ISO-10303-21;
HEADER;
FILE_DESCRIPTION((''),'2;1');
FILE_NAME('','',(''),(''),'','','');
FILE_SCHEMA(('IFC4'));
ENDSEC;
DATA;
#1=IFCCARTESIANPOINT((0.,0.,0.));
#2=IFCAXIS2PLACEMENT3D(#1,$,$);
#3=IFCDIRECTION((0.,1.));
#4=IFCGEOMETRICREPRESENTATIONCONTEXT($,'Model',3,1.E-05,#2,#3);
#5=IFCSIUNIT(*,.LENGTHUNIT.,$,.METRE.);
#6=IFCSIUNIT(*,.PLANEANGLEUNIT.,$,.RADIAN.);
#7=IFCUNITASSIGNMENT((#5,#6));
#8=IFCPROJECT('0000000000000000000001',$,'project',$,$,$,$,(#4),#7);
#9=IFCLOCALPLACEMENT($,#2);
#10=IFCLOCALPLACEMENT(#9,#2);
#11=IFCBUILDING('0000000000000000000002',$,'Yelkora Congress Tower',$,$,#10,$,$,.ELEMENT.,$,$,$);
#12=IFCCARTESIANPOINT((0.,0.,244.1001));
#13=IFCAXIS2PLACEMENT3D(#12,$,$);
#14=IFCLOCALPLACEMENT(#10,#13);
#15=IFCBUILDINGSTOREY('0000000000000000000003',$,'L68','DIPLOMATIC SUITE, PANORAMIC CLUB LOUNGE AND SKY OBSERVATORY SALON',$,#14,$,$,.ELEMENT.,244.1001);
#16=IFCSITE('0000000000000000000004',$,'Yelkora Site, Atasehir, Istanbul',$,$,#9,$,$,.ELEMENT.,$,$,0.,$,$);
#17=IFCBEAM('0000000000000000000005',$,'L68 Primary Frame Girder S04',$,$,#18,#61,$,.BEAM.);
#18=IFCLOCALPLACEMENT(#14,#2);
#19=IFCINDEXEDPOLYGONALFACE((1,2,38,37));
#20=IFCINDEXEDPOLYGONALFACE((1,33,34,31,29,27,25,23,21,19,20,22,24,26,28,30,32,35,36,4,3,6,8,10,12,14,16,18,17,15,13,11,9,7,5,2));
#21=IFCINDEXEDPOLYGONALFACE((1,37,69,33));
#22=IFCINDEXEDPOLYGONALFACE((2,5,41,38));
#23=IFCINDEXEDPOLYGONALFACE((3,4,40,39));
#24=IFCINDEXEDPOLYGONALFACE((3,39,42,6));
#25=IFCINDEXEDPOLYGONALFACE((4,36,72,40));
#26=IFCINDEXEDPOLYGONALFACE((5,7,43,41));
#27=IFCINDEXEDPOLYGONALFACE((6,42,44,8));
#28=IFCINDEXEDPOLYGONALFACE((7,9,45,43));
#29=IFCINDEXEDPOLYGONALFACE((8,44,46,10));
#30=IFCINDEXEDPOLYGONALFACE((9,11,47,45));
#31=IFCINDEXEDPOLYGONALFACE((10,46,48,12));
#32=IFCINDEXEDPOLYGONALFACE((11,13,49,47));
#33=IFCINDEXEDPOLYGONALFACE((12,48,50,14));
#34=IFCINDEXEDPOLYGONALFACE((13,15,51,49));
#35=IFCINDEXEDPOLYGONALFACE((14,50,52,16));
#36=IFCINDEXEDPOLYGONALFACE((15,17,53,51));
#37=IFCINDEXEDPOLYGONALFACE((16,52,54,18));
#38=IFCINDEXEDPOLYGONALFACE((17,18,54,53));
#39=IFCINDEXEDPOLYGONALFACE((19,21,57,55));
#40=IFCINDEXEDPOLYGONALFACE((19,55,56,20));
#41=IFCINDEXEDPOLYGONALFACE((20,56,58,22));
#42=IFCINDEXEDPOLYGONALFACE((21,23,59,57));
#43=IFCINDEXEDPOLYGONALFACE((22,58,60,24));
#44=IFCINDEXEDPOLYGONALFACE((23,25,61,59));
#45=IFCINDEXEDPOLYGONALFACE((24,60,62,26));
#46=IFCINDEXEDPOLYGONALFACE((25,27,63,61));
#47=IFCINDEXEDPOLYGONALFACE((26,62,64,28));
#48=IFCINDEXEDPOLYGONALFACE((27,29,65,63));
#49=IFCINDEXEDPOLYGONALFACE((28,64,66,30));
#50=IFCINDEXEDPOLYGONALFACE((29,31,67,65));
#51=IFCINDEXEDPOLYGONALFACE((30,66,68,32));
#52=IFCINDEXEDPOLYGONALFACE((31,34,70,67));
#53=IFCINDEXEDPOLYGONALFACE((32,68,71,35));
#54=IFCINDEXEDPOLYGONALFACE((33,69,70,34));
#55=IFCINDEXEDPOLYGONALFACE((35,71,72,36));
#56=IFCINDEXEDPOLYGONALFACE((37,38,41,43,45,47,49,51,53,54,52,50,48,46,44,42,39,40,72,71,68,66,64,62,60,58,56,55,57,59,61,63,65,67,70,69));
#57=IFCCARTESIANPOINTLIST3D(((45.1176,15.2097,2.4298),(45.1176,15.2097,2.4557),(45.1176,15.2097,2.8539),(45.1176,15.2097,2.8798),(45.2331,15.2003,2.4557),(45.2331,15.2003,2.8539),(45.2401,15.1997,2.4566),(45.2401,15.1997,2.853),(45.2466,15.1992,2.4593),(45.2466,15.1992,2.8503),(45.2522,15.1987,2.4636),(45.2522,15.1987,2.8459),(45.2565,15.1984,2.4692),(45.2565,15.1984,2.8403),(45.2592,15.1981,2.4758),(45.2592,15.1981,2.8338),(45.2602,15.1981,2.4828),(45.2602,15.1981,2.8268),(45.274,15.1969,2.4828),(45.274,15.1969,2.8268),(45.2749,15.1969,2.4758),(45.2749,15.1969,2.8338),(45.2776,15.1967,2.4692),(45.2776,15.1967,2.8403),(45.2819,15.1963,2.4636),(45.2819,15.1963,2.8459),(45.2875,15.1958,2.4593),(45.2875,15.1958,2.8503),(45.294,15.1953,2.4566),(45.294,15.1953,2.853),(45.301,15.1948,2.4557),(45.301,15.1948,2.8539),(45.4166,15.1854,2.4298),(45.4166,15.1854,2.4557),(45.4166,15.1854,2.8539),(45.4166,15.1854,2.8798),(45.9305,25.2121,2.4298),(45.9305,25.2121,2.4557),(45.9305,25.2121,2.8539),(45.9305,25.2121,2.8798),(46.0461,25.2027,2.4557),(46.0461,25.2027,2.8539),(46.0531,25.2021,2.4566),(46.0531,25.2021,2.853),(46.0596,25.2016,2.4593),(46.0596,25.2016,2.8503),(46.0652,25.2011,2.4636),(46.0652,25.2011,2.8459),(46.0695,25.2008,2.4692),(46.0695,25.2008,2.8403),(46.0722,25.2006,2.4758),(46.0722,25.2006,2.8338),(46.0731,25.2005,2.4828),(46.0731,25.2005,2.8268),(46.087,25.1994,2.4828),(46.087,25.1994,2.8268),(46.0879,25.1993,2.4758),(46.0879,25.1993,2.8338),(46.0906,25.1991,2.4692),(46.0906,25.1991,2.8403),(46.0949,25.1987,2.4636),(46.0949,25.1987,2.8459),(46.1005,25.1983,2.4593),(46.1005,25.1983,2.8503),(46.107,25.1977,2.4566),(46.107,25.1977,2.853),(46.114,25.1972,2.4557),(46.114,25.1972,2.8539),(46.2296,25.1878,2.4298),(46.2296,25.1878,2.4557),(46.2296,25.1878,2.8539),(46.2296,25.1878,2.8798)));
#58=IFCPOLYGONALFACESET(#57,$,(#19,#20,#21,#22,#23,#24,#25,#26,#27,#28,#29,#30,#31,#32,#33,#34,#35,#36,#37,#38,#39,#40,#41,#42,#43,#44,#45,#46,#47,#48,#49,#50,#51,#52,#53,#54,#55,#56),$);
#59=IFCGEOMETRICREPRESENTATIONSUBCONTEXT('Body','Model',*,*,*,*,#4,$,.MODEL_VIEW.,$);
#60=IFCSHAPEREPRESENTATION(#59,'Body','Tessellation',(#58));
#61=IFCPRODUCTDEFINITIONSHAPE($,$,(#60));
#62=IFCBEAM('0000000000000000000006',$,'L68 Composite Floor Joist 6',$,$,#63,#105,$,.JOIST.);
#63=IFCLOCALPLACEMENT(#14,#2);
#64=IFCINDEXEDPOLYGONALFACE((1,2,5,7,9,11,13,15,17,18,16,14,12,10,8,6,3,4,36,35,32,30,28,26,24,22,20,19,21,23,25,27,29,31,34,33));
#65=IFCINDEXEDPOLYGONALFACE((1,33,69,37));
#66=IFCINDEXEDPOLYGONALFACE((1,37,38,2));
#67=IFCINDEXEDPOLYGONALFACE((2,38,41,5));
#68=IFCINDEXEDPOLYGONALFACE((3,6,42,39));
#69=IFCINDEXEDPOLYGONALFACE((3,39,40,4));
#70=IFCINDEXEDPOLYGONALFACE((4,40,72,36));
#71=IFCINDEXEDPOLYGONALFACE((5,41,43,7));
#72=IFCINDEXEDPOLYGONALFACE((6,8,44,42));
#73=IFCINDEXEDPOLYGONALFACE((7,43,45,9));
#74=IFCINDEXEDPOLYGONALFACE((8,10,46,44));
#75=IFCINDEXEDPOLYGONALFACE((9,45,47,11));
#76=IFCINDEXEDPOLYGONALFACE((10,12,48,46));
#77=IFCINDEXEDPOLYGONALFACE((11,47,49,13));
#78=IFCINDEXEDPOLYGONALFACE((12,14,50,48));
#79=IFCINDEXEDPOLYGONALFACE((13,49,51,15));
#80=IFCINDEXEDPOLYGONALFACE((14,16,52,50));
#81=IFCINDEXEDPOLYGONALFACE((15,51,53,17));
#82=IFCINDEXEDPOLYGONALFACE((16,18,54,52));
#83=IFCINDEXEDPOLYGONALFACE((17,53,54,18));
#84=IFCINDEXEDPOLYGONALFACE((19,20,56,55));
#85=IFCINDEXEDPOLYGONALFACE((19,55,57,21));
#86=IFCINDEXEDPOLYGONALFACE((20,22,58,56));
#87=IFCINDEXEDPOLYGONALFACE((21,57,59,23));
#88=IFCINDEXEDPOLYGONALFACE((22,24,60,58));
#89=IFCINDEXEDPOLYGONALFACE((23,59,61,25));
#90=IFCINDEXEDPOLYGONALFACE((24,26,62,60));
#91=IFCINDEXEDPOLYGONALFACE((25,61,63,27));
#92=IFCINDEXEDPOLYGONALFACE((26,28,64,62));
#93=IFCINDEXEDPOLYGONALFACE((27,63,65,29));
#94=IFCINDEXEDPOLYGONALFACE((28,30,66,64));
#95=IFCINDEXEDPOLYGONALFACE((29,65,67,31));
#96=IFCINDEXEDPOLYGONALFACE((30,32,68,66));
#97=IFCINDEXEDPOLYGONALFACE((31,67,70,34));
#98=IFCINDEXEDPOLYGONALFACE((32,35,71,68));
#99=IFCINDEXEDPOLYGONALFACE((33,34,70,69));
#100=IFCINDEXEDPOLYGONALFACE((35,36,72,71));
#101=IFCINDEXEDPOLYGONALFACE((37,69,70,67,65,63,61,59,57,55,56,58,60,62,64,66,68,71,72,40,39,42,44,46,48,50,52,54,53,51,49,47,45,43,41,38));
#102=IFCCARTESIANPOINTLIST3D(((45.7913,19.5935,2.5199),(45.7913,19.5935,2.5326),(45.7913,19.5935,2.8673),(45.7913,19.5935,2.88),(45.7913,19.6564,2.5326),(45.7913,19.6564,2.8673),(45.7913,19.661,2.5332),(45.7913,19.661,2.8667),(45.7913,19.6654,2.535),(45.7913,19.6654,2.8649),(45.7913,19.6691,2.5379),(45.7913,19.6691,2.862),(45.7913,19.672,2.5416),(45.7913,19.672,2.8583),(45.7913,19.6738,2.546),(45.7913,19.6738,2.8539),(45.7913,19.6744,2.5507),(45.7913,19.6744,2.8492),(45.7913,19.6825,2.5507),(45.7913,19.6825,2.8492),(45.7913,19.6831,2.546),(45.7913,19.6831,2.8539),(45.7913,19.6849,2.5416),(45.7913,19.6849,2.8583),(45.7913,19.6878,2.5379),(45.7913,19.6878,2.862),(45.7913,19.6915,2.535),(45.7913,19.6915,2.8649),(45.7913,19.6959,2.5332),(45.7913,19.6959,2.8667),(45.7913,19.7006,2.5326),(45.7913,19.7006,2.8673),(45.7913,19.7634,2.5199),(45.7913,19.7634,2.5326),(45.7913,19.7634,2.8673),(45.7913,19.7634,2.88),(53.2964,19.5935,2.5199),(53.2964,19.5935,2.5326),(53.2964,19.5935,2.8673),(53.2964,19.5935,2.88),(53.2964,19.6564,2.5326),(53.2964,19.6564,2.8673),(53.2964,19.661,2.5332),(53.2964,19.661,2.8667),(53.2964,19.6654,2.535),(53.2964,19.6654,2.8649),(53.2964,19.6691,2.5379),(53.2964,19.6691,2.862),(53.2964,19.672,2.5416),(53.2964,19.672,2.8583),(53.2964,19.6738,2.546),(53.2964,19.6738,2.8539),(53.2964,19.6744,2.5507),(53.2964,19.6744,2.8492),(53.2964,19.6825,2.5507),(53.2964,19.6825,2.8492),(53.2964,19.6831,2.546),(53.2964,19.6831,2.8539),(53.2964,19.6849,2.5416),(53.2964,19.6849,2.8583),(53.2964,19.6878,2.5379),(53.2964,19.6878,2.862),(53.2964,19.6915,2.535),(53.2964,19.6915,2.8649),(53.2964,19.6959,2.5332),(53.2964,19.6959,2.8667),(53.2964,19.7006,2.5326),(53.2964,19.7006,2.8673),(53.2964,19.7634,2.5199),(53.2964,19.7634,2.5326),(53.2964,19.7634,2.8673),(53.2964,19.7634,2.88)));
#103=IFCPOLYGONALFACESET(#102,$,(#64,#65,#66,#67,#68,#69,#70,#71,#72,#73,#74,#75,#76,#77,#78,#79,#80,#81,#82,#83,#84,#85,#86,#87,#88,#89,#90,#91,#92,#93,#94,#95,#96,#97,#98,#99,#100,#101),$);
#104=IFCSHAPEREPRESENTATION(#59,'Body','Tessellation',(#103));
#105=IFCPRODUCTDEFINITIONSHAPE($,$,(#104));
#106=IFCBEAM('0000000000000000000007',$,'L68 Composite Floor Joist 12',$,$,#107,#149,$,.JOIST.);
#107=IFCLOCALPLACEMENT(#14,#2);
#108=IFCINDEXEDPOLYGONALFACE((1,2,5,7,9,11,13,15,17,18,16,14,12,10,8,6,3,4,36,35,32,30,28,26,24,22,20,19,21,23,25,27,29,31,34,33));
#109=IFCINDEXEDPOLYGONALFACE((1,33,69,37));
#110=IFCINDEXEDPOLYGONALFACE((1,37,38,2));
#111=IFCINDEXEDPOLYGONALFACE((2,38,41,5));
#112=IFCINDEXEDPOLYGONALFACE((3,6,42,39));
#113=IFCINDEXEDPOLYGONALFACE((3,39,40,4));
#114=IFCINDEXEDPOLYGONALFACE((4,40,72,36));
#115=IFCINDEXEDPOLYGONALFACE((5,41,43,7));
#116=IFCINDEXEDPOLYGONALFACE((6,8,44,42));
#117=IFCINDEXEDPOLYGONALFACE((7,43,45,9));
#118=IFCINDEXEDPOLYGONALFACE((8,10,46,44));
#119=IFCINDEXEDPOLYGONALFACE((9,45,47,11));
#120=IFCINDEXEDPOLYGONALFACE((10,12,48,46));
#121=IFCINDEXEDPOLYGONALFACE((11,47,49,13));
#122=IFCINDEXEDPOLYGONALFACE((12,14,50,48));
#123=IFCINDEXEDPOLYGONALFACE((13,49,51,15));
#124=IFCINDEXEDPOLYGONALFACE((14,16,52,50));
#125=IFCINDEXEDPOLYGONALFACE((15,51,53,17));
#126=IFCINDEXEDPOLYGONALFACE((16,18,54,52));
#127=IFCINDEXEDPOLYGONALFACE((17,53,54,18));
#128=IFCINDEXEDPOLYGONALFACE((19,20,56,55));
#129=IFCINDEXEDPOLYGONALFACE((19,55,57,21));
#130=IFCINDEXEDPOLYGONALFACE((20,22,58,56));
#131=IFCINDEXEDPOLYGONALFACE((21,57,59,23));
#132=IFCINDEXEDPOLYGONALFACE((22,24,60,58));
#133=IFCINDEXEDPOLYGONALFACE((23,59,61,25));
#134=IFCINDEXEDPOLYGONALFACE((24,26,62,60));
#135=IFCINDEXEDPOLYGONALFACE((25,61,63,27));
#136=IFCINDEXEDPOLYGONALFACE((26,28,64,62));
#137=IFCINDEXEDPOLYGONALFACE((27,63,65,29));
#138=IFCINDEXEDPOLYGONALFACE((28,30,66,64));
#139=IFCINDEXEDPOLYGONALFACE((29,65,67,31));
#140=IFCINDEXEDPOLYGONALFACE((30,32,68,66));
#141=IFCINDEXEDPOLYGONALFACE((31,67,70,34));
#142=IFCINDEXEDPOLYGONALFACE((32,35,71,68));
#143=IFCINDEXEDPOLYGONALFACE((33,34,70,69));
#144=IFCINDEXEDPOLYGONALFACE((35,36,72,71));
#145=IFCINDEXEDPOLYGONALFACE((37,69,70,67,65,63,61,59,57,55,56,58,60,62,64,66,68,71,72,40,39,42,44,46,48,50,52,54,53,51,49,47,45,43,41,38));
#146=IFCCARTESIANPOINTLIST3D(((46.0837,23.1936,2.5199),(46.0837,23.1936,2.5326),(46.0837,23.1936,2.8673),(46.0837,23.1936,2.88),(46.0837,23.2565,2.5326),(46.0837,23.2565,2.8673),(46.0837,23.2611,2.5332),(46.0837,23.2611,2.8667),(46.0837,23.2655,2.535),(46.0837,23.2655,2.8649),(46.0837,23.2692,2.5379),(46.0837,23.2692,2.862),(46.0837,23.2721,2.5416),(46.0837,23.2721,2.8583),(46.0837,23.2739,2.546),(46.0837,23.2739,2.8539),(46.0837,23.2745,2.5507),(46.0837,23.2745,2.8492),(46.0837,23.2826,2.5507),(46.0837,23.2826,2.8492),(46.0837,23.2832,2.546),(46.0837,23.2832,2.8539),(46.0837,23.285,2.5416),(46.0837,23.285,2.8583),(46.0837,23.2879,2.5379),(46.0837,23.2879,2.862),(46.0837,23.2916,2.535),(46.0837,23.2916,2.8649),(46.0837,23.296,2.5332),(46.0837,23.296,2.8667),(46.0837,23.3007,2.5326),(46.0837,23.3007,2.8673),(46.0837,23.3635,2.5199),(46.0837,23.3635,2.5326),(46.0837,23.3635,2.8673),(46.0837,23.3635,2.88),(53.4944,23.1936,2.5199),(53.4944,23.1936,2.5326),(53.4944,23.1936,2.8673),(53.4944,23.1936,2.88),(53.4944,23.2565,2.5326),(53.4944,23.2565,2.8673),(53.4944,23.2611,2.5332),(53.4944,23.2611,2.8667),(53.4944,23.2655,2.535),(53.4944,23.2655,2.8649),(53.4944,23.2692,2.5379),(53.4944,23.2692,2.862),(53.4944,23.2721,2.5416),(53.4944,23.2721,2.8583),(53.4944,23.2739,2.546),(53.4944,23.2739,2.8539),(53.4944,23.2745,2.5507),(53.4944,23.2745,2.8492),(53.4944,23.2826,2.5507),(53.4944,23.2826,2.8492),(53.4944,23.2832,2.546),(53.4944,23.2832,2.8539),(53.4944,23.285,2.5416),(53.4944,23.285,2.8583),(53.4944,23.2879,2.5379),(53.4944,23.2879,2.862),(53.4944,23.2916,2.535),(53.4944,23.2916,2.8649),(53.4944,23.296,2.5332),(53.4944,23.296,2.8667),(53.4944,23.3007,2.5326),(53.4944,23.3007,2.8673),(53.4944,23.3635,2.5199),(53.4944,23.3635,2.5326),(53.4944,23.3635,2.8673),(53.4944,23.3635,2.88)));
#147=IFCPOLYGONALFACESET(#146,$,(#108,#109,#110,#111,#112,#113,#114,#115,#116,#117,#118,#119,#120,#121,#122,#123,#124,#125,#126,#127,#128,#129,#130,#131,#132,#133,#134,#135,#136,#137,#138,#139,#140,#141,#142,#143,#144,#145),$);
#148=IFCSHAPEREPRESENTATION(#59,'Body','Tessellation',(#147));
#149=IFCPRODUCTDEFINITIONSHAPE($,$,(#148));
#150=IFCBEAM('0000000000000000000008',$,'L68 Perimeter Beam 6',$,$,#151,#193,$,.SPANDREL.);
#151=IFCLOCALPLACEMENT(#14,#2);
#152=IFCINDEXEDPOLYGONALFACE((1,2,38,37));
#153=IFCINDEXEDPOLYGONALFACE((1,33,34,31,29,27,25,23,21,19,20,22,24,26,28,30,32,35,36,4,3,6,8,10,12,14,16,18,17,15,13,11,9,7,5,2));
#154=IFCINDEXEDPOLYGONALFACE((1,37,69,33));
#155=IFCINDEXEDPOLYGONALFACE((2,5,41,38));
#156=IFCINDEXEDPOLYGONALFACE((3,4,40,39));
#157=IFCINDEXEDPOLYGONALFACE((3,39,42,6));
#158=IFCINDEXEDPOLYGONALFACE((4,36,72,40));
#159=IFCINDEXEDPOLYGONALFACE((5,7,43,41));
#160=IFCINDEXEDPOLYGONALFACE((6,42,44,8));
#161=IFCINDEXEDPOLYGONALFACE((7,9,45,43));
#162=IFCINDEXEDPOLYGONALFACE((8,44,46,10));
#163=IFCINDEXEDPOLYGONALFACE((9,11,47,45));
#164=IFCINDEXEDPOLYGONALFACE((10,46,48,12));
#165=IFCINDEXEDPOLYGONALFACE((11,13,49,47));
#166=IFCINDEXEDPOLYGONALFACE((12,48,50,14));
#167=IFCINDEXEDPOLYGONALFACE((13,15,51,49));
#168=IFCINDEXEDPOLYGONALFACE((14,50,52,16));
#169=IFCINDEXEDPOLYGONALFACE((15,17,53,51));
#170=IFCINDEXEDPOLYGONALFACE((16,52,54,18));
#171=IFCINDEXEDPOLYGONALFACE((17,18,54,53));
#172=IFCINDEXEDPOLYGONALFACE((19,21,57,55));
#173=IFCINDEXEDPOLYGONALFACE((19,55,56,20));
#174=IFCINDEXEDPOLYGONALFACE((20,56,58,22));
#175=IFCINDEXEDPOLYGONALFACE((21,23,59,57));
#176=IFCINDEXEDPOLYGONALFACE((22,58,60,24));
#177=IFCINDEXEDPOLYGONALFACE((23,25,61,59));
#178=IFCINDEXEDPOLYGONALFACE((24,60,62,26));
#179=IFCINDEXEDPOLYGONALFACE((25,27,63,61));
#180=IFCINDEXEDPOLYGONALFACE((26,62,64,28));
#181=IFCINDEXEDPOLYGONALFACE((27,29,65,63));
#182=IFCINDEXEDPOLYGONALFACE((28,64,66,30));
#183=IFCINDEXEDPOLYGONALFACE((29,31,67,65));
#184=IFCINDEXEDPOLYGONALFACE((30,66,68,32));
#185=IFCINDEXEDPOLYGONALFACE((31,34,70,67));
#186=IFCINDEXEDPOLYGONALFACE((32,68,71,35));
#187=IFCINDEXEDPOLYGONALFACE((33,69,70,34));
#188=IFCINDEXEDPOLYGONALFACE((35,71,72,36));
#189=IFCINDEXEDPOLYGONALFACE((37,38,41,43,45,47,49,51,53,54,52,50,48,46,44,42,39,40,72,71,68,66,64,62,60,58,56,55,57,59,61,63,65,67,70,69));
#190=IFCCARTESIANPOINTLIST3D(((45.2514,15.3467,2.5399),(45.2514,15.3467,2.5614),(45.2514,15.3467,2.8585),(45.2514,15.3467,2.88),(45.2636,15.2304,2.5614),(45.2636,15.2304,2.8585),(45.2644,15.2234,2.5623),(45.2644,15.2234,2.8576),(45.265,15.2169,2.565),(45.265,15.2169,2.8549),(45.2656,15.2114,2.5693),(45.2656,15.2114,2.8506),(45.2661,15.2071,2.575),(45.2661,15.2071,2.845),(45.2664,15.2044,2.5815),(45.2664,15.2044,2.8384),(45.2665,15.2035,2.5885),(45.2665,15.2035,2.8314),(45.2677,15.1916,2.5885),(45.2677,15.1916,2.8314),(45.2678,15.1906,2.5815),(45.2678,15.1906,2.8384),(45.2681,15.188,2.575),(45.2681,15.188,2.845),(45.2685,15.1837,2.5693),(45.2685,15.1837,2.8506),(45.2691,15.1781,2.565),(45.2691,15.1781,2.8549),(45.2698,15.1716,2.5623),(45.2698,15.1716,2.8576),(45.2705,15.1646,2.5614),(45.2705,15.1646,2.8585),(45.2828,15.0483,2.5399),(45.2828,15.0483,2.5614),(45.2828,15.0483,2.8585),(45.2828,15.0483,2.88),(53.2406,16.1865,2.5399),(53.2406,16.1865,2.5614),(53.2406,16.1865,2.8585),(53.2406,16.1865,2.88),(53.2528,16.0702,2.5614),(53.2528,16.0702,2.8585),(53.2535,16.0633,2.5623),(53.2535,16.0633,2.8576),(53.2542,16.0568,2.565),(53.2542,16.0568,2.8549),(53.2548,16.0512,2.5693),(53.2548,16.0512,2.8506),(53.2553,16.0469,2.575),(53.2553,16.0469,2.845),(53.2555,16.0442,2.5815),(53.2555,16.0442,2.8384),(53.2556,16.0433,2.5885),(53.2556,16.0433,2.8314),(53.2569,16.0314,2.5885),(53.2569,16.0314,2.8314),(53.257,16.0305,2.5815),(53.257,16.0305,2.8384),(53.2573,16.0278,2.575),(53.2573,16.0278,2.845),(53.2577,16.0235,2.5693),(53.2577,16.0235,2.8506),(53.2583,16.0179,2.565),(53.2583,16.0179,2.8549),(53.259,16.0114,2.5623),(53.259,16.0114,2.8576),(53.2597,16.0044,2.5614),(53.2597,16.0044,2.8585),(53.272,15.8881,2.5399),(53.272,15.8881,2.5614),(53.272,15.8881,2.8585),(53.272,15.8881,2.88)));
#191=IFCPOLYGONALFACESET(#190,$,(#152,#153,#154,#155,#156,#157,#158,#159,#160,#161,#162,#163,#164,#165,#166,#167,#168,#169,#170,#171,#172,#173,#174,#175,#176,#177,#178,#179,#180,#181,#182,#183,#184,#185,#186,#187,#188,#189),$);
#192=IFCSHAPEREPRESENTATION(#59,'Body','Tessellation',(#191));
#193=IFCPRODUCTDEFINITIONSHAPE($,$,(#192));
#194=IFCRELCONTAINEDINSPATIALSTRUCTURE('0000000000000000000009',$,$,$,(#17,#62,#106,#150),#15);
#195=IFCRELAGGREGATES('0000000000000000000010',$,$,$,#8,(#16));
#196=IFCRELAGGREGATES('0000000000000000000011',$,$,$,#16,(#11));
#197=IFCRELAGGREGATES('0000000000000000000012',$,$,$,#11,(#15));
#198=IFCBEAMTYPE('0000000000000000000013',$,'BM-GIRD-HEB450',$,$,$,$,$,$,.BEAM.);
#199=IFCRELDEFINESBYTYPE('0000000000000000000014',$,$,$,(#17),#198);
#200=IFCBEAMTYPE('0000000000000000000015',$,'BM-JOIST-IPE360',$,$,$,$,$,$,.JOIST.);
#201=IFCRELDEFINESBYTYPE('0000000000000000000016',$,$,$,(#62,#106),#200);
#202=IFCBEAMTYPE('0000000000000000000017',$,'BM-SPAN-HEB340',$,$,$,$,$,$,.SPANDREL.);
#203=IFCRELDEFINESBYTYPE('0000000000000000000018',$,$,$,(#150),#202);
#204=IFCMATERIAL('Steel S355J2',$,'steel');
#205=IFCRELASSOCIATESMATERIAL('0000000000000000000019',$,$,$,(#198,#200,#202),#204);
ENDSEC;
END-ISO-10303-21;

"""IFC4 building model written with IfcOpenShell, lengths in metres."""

from ifc_helpers import new_model, si_unit, direction, frame, origin, origin_2d, place, context, subcontext, project, spatial, i_section, extrude, material, material_profile, profile_set, type_object, element, save


model = new_model("IFC4")

# Units and contexts
model_context = context("Model", 3, precision=1e-05, world=origin(), true_north=direction((0.0, 1.0)))
body_context = subcontext(model_context, "Body", "Model", "MODEL_VIEW")
ifc_project = project(units=[si_unit("LENGTHUNIT", "METRE"), si_unit("PLANEANGLEUNIT", "RADIAN")], contexts=[model_context])

# Site, building, storey
site_placement = place(None, origin())
site = spatial("IfcSite", under=ifc_project, at=site_placement, Name="Yelkora Site, Atasehir, Istanbul", CompositionType="ELEMENT", RefElevation=0.0)
building_placement = place(site_placement, origin())
building = spatial("IfcBuilding", under=site, at=building_placement, Name="Yelkora Congress Tower", CompositionType="ELEMENT")
storey_placement = place(building_placement, frame((0.0, 0.0, 244.1001)))
storey = spatial("IfcBuildingStorey", under=building, at=storey_placement, Name="L68", Description="DIPLOMATIC SUITE, PANORAMIC CLUB LOUNGE AND SKY OBSERVATORY SALON", CompositionType="ELEMENT", Elevation=244.1001)

# Shared definitions
ifc_material_1 = material(Name="Steel S355J2", Category="steel")

# Beams
ifc_material_profile_1 = material_profile(ifc_material_1, i_section(OverallWidth=0.3, OverallDepth=0.45, WebThickness=0.0139, FlangeThickness=0.0259, FilletRadius=0.0271, at=origin_2d()), Name="HEB 450")
ifc_profile_set_1 = profile_set([ifc_material_profile_1], Name="Steel S355J2")
beam_type_1 = type_object("IfcBeamType", Name="BM-GIRD-HEB450", PredefinedType="BEAM", material=ifc_profile_set_1)
beam_1_placement = place(storey_placement, frame((45.2671, 15.1975, 2.6548), z_axis=(0.081012, 0.996713, 0.0), x_axis=(-0.996713, 0.081012, 0.0)))
element("IfcBeam", 1, at=beam_1_placement, inside=storey, type_object=beam_type_1, Name="L68 Primary Frame Girder S04", PredefinedType="BEAM", context=body_context, shape_type="SweptSolid", body=[
    extrude(i_section(OverallWidth=0.3, OverallDepth=0.45, WebThickness=0.0139, FlangeThickness=0.0259, FilletRadius=0.0271, at=origin_2d()), origin(), (0.0, 0.0, 1.0), 10.0354),
])
ifc_material_profile_2 = material_profile(ifc_material_1, i_section(OverallWidth=0.1699, OverallDepth=0.3601, WebThickness=0.0081, FlangeThickness=0.0127, FilletRadius=0.0181, at=origin_2d()), Name="IPE 360")
ifc_profile_set_2 = profile_set([ifc_material_profile_2], Name="Steel S355J2")
beam_type_2 = type_object("IfcBeamType", Name="BM-JOIST-IPE360", PredefinedType="JOIST", material=ifc_profile_set_2)
beam_2_placement = place(storey_placement, frame((45.7913, 19.6785, 2.7), z_axis=(1.0, 0.0, 0.0), x_axis=(0.0, 1.0, 0.0)))
element("IfcBeam", 2, at=beam_2_placement, inside=storey, type_object=beam_type_2, Name="L68 Composite Floor Joist 6", PredefinedType="JOIST", context=body_context, shape_type="SweptSolid", body=[
    extrude(i_section(OverallWidth=0.1699, OverallDepth=0.3601, WebThickness=0.0081, FlangeThickness=0.0127, FilletRadius=0.0181, at=origin_2d()), origin(), (0.0, 0.0, 1.0), 7.5051),
])
beam_3_placement = place(storey_placement, frame((46.0837, 23.2786, 2.7), z_axis=(1.0, 0.0, 0.0), x_axis=(0.0, 1.0, 0.0)))
element("IfcBeam", 3, at=beam_3_placement, inside=storey, type_object=beam_type_2, Name="L68 Composite Floor Joist 12", PredefinedType="JOIST", context=body_context, shape_type="SweptSolid", body=[
    extrude(i_section(OverallWidth=0.1699, OverallDepth=0.3601, WebThickness=0.0081, FlangeThickness=0.0127, FilletRadius=0.0181, at=origin_2d()), origin(), (0.0, 0.0, 1.0), 7.4106),
])
ifc_material_profile_3 = material_profile(ifc_material_1, i_section(OverallWidth=0.3, OverallDepth=0.3401, WebThickness=0.012, FlangeThickness=0.0215, FilletRadius=0.0271, at=origin_2d()), Name="HEB 340")
ifc_profile_set_3 = profile_set([ifc_material_profile_3], Name="Steel S355J2")
beam_type_3 = type_object("IfcBeamType", Name="BM-SPAN-HEB340", PredefinedType="SPANDREL", material=ifc_profile_set_3)
beam_4_placement = place(storey_placement, frame((45.2671, 15.1975, 2.71), z_axis=(0.99452, 0.104546, 0.0), x_axis=(-0.104546, 0.99452, 0.0)))
element("IfcBeam", 4, at=beam_4_placement, inside=storey, type_object=beam_type_3, Name="L68 Perimeter Beam 6", PredefinedType="SPANDREL", context=body_context, shape_type="SweptSolid", body=[
    extrude(i_section(OverallWidth=0.3, OverallDepth=0.3401, WebThickness=0.012, FlangeThickness=0.0215, FilletRadius=0.0271, at=origin_2d()), origin(), (0.0, 0.0, 1.0), 8.0332),
])

save(model, "model.ifc")
